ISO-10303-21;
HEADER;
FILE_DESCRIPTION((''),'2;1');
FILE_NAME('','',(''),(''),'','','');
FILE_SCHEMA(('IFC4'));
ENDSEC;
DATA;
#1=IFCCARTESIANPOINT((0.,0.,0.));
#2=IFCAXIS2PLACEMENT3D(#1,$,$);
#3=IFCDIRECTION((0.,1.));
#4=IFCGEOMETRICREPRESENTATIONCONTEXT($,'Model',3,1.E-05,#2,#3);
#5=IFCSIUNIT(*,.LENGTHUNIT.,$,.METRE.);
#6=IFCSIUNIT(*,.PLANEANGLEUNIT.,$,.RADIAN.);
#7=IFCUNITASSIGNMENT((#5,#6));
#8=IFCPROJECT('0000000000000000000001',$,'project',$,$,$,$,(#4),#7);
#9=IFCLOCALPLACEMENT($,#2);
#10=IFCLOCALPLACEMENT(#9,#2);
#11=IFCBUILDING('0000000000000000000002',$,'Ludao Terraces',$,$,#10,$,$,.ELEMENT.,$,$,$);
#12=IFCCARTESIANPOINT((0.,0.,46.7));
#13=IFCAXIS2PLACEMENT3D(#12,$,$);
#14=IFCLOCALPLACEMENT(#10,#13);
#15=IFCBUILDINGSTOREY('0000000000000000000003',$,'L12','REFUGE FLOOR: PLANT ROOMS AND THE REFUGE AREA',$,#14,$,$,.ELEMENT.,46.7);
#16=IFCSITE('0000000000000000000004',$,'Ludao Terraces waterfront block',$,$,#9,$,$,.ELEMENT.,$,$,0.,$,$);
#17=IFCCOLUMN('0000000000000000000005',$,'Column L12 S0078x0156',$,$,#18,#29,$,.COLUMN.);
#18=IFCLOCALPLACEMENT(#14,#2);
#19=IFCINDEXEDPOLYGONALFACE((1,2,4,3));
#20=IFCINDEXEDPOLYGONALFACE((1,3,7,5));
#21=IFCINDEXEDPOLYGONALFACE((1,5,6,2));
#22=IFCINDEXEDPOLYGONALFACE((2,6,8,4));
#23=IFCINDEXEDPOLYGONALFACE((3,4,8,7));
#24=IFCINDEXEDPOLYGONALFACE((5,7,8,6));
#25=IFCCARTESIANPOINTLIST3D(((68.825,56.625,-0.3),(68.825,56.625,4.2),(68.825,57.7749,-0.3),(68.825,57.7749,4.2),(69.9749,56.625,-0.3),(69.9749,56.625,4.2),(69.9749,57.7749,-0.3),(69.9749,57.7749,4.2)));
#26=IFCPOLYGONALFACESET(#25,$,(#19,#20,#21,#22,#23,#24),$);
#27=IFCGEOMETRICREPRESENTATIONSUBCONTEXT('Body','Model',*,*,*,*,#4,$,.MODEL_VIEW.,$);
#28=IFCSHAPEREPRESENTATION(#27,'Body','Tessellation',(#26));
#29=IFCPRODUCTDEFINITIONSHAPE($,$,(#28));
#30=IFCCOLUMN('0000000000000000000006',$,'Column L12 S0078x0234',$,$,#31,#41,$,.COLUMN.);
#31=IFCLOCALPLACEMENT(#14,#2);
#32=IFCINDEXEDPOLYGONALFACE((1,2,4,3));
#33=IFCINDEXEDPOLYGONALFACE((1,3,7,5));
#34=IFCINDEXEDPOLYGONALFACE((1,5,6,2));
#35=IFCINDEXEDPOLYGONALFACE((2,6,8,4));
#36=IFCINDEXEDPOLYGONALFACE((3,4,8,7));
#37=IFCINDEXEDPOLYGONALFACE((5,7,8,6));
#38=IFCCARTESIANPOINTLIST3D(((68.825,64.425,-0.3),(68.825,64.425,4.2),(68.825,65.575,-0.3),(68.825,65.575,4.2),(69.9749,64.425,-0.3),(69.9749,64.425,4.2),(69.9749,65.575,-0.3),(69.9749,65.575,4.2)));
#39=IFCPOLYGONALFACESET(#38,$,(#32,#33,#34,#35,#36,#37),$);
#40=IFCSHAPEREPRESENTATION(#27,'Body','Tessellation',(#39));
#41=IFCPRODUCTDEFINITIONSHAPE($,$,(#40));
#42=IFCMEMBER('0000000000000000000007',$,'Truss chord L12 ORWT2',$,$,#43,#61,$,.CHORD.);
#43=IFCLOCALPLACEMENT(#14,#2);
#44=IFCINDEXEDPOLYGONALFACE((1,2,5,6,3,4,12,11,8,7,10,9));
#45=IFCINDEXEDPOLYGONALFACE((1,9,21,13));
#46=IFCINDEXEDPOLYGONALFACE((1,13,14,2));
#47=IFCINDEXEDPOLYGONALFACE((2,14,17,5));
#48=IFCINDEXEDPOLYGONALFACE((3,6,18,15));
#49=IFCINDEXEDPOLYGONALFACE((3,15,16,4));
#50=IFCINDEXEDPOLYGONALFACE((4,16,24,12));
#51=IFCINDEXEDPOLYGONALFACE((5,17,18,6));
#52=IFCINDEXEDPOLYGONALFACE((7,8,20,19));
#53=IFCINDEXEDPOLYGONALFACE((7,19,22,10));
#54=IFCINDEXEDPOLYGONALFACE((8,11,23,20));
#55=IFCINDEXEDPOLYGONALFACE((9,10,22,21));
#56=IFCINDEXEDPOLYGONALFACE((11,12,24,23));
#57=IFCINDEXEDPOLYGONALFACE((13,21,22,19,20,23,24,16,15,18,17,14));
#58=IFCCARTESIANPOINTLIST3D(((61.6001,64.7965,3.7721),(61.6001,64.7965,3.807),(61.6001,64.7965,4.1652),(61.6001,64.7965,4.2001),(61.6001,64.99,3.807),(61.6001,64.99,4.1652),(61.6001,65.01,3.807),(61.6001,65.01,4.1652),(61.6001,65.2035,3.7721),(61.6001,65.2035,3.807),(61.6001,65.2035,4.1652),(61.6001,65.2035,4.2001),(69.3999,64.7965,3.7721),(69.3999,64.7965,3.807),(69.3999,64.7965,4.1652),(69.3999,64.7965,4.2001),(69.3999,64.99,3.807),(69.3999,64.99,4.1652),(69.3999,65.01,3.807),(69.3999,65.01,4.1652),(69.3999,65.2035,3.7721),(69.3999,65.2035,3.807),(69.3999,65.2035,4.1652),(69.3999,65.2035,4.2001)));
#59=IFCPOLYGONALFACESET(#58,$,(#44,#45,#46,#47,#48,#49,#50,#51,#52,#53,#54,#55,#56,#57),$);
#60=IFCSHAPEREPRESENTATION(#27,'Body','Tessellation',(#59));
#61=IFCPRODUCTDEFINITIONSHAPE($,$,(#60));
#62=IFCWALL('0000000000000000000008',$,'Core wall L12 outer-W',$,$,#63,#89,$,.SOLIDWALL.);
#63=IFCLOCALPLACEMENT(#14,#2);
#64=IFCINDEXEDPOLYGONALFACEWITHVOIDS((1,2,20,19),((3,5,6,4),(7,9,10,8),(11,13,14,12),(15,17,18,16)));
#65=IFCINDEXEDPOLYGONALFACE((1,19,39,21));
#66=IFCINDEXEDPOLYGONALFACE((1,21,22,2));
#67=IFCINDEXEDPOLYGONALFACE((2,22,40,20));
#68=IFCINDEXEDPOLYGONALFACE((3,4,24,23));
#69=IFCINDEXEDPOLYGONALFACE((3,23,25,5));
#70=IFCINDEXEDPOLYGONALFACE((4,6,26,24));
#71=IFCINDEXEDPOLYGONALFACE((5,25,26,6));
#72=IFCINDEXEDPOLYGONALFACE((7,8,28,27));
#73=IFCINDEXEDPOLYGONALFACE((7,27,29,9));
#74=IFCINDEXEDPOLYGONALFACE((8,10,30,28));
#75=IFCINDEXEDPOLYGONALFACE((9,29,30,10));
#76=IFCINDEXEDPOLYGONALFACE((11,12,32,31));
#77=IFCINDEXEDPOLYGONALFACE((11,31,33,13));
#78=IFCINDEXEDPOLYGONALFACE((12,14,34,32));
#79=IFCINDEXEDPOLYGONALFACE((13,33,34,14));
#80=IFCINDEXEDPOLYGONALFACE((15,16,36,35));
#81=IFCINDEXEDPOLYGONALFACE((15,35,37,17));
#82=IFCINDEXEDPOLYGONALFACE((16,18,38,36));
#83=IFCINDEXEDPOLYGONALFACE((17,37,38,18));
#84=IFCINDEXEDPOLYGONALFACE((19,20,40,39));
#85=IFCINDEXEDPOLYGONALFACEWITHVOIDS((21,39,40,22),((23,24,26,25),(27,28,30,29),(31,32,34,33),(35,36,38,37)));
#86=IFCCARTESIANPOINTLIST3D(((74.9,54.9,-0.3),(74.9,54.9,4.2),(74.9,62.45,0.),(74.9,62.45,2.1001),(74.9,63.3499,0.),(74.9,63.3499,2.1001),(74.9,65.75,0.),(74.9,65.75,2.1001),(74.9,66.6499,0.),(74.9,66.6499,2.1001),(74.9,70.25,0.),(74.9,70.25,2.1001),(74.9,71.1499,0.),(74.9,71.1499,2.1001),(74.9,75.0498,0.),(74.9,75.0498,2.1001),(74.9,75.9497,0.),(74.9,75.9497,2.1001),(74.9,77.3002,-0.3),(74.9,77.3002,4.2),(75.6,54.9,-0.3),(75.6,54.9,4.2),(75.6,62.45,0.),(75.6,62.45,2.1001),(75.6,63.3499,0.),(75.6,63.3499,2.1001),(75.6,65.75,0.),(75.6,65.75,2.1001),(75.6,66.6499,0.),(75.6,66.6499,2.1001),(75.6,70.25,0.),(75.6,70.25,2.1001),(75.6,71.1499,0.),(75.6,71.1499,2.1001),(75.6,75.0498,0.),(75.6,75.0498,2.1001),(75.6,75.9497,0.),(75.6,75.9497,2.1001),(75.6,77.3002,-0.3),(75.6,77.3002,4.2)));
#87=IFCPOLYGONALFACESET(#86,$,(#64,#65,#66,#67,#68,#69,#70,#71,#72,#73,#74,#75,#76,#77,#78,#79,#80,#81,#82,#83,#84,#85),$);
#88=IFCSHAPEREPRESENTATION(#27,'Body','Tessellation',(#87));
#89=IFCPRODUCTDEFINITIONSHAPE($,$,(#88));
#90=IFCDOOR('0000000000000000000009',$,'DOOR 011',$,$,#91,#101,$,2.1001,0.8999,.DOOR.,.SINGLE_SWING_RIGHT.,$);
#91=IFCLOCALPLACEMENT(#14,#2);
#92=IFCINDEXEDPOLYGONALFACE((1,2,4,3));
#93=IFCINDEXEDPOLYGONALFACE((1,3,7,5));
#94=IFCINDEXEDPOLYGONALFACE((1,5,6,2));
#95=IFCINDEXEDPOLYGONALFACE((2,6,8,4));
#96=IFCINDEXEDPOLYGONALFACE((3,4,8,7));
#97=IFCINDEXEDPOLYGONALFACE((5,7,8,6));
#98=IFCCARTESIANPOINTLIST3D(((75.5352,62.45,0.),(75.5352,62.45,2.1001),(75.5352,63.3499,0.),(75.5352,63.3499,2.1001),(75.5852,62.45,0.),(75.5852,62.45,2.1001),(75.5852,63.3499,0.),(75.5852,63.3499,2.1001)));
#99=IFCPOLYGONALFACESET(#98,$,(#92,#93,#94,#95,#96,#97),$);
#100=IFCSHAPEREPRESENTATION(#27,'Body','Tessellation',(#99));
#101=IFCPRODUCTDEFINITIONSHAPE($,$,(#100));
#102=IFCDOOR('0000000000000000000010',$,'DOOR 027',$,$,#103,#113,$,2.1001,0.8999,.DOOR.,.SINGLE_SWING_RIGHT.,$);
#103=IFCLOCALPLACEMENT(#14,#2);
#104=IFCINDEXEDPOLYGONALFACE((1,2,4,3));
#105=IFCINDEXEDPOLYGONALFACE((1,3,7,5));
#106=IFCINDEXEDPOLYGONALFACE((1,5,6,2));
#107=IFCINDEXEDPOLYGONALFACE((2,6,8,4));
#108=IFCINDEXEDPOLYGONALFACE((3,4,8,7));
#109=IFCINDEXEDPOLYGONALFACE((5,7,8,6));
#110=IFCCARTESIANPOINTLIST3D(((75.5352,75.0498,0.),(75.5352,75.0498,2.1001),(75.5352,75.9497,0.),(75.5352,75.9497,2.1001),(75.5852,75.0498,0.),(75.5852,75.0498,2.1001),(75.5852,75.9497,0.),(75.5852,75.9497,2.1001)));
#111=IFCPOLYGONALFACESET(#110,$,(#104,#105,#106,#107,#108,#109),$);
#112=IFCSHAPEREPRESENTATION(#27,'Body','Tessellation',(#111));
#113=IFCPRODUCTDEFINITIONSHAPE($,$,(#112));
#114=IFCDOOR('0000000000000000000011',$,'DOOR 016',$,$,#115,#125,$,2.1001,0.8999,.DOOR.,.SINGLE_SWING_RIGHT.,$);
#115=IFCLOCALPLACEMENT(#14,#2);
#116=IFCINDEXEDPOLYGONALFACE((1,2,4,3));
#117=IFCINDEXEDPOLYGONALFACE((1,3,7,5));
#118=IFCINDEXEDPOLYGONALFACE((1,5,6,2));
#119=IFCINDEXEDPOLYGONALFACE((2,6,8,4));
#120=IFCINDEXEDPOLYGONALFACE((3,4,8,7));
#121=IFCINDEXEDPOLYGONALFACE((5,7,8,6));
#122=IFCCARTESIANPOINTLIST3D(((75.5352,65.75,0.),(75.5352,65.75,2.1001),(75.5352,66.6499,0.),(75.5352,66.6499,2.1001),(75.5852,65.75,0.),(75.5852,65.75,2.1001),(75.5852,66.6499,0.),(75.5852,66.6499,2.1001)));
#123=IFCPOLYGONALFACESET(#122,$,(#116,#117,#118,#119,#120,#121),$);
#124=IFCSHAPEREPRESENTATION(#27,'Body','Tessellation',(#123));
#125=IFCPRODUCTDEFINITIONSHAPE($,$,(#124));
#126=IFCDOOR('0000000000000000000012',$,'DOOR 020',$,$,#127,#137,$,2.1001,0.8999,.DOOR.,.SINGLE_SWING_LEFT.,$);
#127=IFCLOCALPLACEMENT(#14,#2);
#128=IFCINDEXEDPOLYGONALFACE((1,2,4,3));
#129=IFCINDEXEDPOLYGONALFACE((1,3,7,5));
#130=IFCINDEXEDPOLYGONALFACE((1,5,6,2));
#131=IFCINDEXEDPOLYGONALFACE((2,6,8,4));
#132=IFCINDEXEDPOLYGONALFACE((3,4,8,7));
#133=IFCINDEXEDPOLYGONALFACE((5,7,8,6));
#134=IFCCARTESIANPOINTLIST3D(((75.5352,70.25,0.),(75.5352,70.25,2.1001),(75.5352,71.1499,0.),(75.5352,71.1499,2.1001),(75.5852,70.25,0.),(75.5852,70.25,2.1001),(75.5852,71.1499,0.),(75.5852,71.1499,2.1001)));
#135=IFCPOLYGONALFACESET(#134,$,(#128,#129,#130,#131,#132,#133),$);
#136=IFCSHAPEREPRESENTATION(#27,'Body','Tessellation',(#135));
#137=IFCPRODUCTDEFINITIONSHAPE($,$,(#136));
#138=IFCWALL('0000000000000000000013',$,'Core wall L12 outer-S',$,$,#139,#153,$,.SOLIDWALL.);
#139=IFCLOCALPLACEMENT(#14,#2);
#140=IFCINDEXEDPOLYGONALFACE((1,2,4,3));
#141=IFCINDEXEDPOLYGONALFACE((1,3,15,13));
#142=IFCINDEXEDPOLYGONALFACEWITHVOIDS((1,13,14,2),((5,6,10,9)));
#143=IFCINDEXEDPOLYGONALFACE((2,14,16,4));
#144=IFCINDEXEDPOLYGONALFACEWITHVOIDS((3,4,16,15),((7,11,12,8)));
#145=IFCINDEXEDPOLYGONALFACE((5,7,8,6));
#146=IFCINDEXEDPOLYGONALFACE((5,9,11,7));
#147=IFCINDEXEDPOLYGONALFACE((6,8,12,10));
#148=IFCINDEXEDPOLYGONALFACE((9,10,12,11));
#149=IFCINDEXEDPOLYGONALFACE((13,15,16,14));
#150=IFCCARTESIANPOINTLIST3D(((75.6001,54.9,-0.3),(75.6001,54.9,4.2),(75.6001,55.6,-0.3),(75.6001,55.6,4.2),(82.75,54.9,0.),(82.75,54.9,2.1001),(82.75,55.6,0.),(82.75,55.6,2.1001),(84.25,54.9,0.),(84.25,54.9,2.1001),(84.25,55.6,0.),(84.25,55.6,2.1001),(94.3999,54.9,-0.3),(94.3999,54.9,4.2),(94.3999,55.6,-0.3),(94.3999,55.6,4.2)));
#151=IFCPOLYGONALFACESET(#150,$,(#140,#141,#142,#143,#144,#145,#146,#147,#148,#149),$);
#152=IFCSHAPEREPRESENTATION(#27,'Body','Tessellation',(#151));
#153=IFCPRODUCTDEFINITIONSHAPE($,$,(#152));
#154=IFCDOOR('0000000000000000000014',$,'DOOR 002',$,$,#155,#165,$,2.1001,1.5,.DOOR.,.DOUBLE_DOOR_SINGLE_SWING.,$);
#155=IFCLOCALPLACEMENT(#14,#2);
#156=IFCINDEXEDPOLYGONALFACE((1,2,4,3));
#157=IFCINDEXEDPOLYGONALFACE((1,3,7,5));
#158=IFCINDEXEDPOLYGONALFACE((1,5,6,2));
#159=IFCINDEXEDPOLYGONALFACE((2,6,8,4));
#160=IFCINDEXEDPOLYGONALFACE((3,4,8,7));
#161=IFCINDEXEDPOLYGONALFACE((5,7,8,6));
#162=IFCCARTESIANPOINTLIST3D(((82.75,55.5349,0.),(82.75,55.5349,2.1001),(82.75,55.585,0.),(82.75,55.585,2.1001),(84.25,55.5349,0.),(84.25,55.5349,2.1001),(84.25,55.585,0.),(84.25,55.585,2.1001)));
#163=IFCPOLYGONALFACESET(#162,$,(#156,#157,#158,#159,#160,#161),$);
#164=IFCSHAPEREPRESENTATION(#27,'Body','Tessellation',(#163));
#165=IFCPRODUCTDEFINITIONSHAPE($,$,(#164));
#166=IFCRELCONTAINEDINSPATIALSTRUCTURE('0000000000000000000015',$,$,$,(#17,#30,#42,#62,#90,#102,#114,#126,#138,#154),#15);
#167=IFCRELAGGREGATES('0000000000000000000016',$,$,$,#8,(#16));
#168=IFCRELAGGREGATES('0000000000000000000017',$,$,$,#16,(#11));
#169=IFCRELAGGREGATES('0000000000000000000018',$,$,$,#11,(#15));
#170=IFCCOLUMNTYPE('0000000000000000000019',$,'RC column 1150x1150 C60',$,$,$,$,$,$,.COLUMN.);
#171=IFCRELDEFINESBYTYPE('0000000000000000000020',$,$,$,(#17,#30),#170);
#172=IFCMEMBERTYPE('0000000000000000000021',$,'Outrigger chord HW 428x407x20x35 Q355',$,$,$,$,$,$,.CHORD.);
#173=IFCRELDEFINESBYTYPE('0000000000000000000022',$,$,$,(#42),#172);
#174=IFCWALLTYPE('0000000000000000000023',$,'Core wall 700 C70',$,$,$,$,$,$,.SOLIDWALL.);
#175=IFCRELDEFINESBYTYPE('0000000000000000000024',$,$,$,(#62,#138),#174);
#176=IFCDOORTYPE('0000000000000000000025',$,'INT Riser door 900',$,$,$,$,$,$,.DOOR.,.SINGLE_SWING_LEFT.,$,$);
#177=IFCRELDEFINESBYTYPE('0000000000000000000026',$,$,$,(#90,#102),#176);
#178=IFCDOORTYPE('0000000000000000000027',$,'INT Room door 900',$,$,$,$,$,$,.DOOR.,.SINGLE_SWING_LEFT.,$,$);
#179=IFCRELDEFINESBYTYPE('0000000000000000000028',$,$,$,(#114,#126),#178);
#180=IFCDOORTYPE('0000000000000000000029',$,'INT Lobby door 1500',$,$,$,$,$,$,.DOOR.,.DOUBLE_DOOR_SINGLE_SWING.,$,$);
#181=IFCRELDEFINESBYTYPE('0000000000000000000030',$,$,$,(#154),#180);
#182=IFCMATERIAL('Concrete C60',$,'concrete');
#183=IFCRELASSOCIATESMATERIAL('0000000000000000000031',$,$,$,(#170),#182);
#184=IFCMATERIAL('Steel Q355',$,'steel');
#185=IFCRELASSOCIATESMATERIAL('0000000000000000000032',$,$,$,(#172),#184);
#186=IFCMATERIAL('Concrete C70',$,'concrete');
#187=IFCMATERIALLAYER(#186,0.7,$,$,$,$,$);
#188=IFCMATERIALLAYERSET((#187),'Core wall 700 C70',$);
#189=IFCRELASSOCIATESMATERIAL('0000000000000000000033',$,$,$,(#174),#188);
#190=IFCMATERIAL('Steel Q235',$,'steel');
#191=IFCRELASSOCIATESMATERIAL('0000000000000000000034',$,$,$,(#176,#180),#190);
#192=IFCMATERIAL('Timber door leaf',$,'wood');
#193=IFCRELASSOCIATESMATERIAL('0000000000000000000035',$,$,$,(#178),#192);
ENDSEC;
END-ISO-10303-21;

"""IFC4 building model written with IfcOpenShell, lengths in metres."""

from ifc_helpers import new_model, si_unit, direction, frame, frame_2d, origin, origin_2d, place, context, subcontext, project, spatial, rectangle, i_section, extrude, material, layer, layer_set, material_profile, profile_set, type_object, element, fill, save


model = new_model("IFC4")

# Units and contexts
model_context = context("Model", 3, precision=1e-05, world=origin(), true_north=direction((0.0, 1.0)))
body_context = subcontext(model_context, "Body", "Model", "MODEL_VIEW")
ifc_project = project(units=[si_unit("LENGTHUNIT", "METRE"), si_unit("PLANEANGLEUNIT", "RADIAN")], contexts=[model_context])

# Site, building, storey
site_placement = place(None, origin())
site = spatial("IfcSite", under=ifc_project, at=site_placement, Name="Ludao Terraces waterfront block", CompositionType="ELEMENT", RefElevation=0.0)
building_placement = place(site_placement, origin())
building = spatial("IfcBuilding", under=site, at=building_placement, Name="Ludao Terraces", CompositionType="ELEMENT")
storey_placement = place(building_placement, frame((0.0, 0.0, 46.7)))
storey = spatial("IfcBuildingStorey", under=building, at=storey_placement, Name="L12", Description="REFUGE FLOOR: PLANT ROOMS AND THE REFUGE AREA", CompositionType="ELEMENT", Elevation=46.7)

# Columns
ifc_material_1 = material(Name="Concrete C60", Category="concrete")
ifc_material_profile_1 = material_profile(ifc_material_1, rectangle(XDim=1.1499, YDim=1.1499, at=origin_2d()), Name="1150 X 1150")
ifc_profile_set_1 = profile_set([ifc_material_profile_1], Name="Concrete C60")
column_type = type_object("IfcColumnType", Name="RC column 1150x1150 C60", PredefinedType="COLUMN", material=ifc_profile_set_1)
for number, where, z_axis, x_axis, name in (
    (1, (69.3999, 57.2, -0.3), (0.0, 0.0, 1.0), (1.0, 0.0, 0.0), "Column L12 S0078x0156"),
    (2, (69.3999, 65.0, -0.3), (0.0, 0.0, 1.0), (1.0, 0.0, 0.0), "Column L12 S0078x0234"),
):
    element("IfcColumn", number, at=place(storey_placement, frame(where, z_axis=z_axis, x_axis=x_axis)), inside=storey, type_object=column_type, Name=name, PredefinedType="COLUMN", context=body_context, shape_type="SweptSolid", body=[
        extrude(rectangle(XDim=1.1499, YDim=1.1499, at=origin_2d()), origin(), (0.0, 0.0, 1.0), 4.5),
    ])

# Member
ifc_material_2 = material(Name="Steel Q355", Category="steel")
ifc_material_profile_2 = material_profile(ifc_material_2, i_section(OverallWidth=0.407, OverallDepth=0.428, WebThickness=0.02, FlangeThickness=0.0349, at=origin_2d()), Name="HW 428X407X20X35")
ifc_profile_set_2 = profile_set([ifc_material_profile_2], Name="Steel Q355")
member_type = type_object("IfcMemberType", Name="Outrigger chord HW 428x407x20x35 Q355", PredefinedType="CHORD", material=ifc_profile_set_2)
member_placement = place(storey_placement, frame((69.3999, 65.0, 3.9861), z_axis=(-1.0, 0.0, 0.0), x_axis=(0.0, -1.0, 0.0)))
element("IfcMember", 3, at=member_placement, inside=storey, type_object=member_type, Name="Truss chord L12 ORWT2", PredefinedType="CHORD", context=body_context, shape_type="SweptSolid", body=[
    extrude(i_section(OverallWidth=0.407, OverallDepth=0.428, WebThickness=0.02, FlangeThickness=0.0349, at=origin_2d()), origin(), (0.0, 0.0, 1.0), 7.7998),
])

# Wall, openings, doors
ifc_material_3 = material(Name="Concrete C70", Category="concrete")
ifc_layer_1 = layer(ifc_material_3, 0.7)
ifc_layer_set_1 = layer_set([ifc_layer_1], Name="Core wall 700 C70")
wall_type_1 = type_object("IfcWallType", Name="Core wall 700 C70", PredefinedType="SOLIDWALL", material=ifc_layer_set_1)
wall_1_placement = place(storey_placement, frame((75.25, 54.8999, -0.3), z_axis=(0.0, 0.0, 1.0), x_axis=(0.0, 1.0, 0.0)))
wall_1 = element("IfcWall", 4, at=wall_1_placement, inside=storey, type_object=wall_type_1, Name="Core wall L12 outer-W", PredefinedType="SOLIDWALL", context=body_context, shape_type="SweptSolid", body=[
    extrude(rectangle(XDim=22.4001, YDim=0.7, at=frame_2d((11.2002, 0.0))), origin(), (0.0, 0.0, 1.0), 4.5),
])
opening_1_placement = place(wall_1_placement, frame((7.55, 0.0, 0.3)))
opening_1 = element("IfcOpeningElement", 5, at=opening_1_placement, cuts=wall_1, PredefinedType="OPENING", context=body_context, shape_type="SweptSolid", body=[
    extrude(rectangle(XDim=0.8999, YDim=2.1001, at=frame_2d((0.45, 1.05))), frame((0.0, 0.3599, 0.0), z_axis=(0.0, -1.0, 0.0), x_axis=(1.0, 0.0, 0.0)), (0.0, 0.0, 1.0), 0.72),
])
opening_2_placement = place(wall_1_placement, frame((10.8501, 0.0, 0.3)))
opening_2 = element("IfcOpeningElement", 6, at=opening_2_placement, cuts=wall_1, PredefinedType="OPENING", context=body_context, shape_type="SweptSolid", body=[
    extrude(rectangle(XDim=0.8999, YDim=2.1001, at=frame_2d((0.45, 1.05))), frame((0.0, 0.3599, 0.0), z_axis=(0.0, -1.0, 0.0), x_axis=(1.0, 0.0, 0.0)), (0.0, 0.0, 1.0), 0.72),
])
opening_3_placement = place(wall_1_placement, frame((15.3501, 0.0, 0.3)))
opening_3 = element("IfcOpeningElement", 7, at=opening_3_placement, cuts=wall_1, PredefinedType="OPENING", context=body_context, shape_type="SweptSolid", body=[
    extrude(rectangle(XDim=0.8999, YDim=2.1001, at=frame_2d((0.45, 1.05))), frame((0.0, 0.3599, 0.0), z_axis=(0.0, -1.0, 0.0), x_axis=(1.0, 0.0, 0.0)), (0.0, 0.0, 1.0), 0.72),
])
opening_4_placement = place(wall_1_placement, frame((20.1499, 0.0, 0.3)))
opening_4 = element("IfcOpeningElement", 8, at=opening_4_placement, cuts=wall_1, PredefinedType="OPENING", context=body_context, shape_type="SweptSolid", body=[
    extrude(rectangle(XDim=0.8999, YDim=2.1001, at=frame_2d((0.45, 1.05))), frame((0.0, 0.3599, 0.0), z_axis=(0.0, -1.0, 0.0), x_axis=(1.0, 0.0, 0.0)), (0.0, 0.0, 1.0), 0.72),
])
ifc_material_4 = material(Name="Steel Q235", Category="steel")
door_type_1 = type_object("IfcDoorType", Name="INT Riser door 900", OperationType="SINGLE_SWING_LEFT", PredefinedType="DOOR", material=ifc_material_4)
door_1_placement = place(opening_1_placement, origin())
door_1 = element("IfcDoor", 9, at=door_1_placement, inside=storey, type_object=door_type_1, Name="DOOR 011", OperationType="SINGLE_SWING_RIGHT", OverallHeight=2.1001, OverallWidth=0.8999, PredefinedType="DOOR", context=body_context, shape_type="SweptSolid", body=[
    extrude(rectangle(XDim=0.8999, YDim=2.1001, at=frame_2d((0.45, 1.05))), frame((0.0, -0.2852, 0.0), z_axis=(0.0, -1.0, 0.0), x_axis=(1.0, 0.0, 0.0)), (0.0, 0.0, 1.0), 0.05),
])
fill(opening_1, door_1)
door_2_placement = place(opening_4_placement, origin())
door_2 = element("IfcDoor", 10, at=door_2_placement, inside=storey, type_object=door_type_1, Name="DOOR 027", OperationType="SINGLE_SWING_RIGHT", OverallHeight=2.1001, OverallWidth=0.8999, PredefinedType="DOOR", context=body_context, shape_type="SweptSolid", body=[
    extrude(rectangle(XDim=0.8999, YDim=2.1001, at=frame_2d((0.45, 1.05))), frame((0.0, -0.2852, 0.0), z_axis=(0.0, -1.0, 0.0), x_axis=(1.0, 0.0, 0.0)), (0.0, 0.0, 1.0), 0.05),
])
fill(opening_4, door_2)
ifc_material_5 = material(Name="Timber door leaf", Category="wood")
door_type_2 = type_object("IfcDoorType", Name="INT Room door 900", OperationType="SINGLE_SWING_LEFT", PredefinedType="DOOR", material=ifc_material_5)
door_3_placement = place(opening_2_placement, origin())
door_3 = element("IfcDoor", 11, at=door_3_placement, inside=storey, type_object=door_type_2, Name="DOOR 016", OperationType="SINGLE_SWING_RIGHT", OverallHeight=2.1001, OverallWidth=0.8999, PredefinedType="DOOR", context=body_context, shape_type="SweptSolid", body=[
    extrude(rectangle(XDim=0.8999, YDim=2.1001, at=frame_2d((0.45, 1.05))), frame((0.0, -0.2852, 0.0), z_axis=(0.0, -1.0, 0.0), x_axis=(1.0, 0.0, 0.0)), (0.0, 0.0, 1.0), 0.05),
])
fill(opening_2, door_3)
door_4_placement = place(opening_3_placement, origin())
door_4 = element("IfcDoor", 12, at=door_4_placement, inside=storey, type_object=door_type_2, Name="DOOR 020", OperationType="SINGLE_SWING_LEFT", OverallHeight=2.1001, OverallWidth=0.8999, PredefinedType="DOOR", context=body_context, shape_type="SweptSolid", body=[
    extrude(rectangle(XDim=0.8999, YDim=2.1001, at=frame_2d((0.45, 1.05))), frame((0.0, -0.2852, 0.0), z_axis=(0.0, -1.0, 0.0), x_axis=(1.0, 0.0, 0.0)), (0.0, 0.0, 1.0), 0.05),
])
fill(opening_3, door_4)

# Wall, opening, door
wall_2_placement = place(storey_placement, frame((75.6001, 55.25, -0.3), z_axis=(0.0, 0.0, 1.0), x_axis=(1.0, 0.0, 0.0)))
wall_2 = element("IfcWall", 13, at=wall_2_placement, inside=storey, type_object=wall_type_1, Name="Core wall L12 outer-S", PredefinedType="SOLIDWALL", context=body_context, shape_type="SweptSolid", body=[
    extrude(rectangle(XDim=18.7998, YDim=0.7, at=frame_2d((9.3999, 0.0))), origin(), (0.0, 0.0, 1.0), 4.5),
])
opening_5_placement = place(wall_2_placement, frame((7.1499, 0.0, 0.3)))
opening_5 = element("IfcOpeningElement", 14, at=opening_5_placement, cuts=wall_2, PredefinedType="OPENING", context=body_context, shape_type="SweptSolid", body=[
    extrude(rectangle(XDim=1.5, YDim=2.1001, at=frame_2d((0.75, 1.05))), frame((0.0, 0.3599, 0.0), z_axis=(0.0, -1.0, 0.0), x_axis=(1.0, 0.0, 0.0)), (0.0, 0.0, 1.0), 0.72),
])
door_type_3 = type_object("IfcDoorType", Name="INT Lobby door 1500", OperationType="DOUBLE_DOOR_SINGLE_SWING", PredefinedType="DOOR", material=ifc_material_4)
door_5_placement = place(opening_5_placement, origin())
door_5 = element("IfcDoor", 15, at=door_5_placement, inside=storey, type_object=door_type_3, Name="DOOR 002", OperationType="DOUBLE_DOOR_SINGLE_SWING", OverallHeight=2.1001, OverallWidth=1.5, PredefinedType="DOOR", context=body_context, shape_type="SweptSolid", body=[
    extrude(rectangle(XDim=1.5, YDim=2.1001, at=frame_2d((0.75, 1.05))), frame((0.0, 0.335, 0.0), z_axis=(0.0, -1.0, 0.0), x_axis=(1.0, 0.0, 0.0)), (0.0, 0.0, 1.0), 0.05),
])
fill(opening_5, door_5)

save(model, "model.ifc")
